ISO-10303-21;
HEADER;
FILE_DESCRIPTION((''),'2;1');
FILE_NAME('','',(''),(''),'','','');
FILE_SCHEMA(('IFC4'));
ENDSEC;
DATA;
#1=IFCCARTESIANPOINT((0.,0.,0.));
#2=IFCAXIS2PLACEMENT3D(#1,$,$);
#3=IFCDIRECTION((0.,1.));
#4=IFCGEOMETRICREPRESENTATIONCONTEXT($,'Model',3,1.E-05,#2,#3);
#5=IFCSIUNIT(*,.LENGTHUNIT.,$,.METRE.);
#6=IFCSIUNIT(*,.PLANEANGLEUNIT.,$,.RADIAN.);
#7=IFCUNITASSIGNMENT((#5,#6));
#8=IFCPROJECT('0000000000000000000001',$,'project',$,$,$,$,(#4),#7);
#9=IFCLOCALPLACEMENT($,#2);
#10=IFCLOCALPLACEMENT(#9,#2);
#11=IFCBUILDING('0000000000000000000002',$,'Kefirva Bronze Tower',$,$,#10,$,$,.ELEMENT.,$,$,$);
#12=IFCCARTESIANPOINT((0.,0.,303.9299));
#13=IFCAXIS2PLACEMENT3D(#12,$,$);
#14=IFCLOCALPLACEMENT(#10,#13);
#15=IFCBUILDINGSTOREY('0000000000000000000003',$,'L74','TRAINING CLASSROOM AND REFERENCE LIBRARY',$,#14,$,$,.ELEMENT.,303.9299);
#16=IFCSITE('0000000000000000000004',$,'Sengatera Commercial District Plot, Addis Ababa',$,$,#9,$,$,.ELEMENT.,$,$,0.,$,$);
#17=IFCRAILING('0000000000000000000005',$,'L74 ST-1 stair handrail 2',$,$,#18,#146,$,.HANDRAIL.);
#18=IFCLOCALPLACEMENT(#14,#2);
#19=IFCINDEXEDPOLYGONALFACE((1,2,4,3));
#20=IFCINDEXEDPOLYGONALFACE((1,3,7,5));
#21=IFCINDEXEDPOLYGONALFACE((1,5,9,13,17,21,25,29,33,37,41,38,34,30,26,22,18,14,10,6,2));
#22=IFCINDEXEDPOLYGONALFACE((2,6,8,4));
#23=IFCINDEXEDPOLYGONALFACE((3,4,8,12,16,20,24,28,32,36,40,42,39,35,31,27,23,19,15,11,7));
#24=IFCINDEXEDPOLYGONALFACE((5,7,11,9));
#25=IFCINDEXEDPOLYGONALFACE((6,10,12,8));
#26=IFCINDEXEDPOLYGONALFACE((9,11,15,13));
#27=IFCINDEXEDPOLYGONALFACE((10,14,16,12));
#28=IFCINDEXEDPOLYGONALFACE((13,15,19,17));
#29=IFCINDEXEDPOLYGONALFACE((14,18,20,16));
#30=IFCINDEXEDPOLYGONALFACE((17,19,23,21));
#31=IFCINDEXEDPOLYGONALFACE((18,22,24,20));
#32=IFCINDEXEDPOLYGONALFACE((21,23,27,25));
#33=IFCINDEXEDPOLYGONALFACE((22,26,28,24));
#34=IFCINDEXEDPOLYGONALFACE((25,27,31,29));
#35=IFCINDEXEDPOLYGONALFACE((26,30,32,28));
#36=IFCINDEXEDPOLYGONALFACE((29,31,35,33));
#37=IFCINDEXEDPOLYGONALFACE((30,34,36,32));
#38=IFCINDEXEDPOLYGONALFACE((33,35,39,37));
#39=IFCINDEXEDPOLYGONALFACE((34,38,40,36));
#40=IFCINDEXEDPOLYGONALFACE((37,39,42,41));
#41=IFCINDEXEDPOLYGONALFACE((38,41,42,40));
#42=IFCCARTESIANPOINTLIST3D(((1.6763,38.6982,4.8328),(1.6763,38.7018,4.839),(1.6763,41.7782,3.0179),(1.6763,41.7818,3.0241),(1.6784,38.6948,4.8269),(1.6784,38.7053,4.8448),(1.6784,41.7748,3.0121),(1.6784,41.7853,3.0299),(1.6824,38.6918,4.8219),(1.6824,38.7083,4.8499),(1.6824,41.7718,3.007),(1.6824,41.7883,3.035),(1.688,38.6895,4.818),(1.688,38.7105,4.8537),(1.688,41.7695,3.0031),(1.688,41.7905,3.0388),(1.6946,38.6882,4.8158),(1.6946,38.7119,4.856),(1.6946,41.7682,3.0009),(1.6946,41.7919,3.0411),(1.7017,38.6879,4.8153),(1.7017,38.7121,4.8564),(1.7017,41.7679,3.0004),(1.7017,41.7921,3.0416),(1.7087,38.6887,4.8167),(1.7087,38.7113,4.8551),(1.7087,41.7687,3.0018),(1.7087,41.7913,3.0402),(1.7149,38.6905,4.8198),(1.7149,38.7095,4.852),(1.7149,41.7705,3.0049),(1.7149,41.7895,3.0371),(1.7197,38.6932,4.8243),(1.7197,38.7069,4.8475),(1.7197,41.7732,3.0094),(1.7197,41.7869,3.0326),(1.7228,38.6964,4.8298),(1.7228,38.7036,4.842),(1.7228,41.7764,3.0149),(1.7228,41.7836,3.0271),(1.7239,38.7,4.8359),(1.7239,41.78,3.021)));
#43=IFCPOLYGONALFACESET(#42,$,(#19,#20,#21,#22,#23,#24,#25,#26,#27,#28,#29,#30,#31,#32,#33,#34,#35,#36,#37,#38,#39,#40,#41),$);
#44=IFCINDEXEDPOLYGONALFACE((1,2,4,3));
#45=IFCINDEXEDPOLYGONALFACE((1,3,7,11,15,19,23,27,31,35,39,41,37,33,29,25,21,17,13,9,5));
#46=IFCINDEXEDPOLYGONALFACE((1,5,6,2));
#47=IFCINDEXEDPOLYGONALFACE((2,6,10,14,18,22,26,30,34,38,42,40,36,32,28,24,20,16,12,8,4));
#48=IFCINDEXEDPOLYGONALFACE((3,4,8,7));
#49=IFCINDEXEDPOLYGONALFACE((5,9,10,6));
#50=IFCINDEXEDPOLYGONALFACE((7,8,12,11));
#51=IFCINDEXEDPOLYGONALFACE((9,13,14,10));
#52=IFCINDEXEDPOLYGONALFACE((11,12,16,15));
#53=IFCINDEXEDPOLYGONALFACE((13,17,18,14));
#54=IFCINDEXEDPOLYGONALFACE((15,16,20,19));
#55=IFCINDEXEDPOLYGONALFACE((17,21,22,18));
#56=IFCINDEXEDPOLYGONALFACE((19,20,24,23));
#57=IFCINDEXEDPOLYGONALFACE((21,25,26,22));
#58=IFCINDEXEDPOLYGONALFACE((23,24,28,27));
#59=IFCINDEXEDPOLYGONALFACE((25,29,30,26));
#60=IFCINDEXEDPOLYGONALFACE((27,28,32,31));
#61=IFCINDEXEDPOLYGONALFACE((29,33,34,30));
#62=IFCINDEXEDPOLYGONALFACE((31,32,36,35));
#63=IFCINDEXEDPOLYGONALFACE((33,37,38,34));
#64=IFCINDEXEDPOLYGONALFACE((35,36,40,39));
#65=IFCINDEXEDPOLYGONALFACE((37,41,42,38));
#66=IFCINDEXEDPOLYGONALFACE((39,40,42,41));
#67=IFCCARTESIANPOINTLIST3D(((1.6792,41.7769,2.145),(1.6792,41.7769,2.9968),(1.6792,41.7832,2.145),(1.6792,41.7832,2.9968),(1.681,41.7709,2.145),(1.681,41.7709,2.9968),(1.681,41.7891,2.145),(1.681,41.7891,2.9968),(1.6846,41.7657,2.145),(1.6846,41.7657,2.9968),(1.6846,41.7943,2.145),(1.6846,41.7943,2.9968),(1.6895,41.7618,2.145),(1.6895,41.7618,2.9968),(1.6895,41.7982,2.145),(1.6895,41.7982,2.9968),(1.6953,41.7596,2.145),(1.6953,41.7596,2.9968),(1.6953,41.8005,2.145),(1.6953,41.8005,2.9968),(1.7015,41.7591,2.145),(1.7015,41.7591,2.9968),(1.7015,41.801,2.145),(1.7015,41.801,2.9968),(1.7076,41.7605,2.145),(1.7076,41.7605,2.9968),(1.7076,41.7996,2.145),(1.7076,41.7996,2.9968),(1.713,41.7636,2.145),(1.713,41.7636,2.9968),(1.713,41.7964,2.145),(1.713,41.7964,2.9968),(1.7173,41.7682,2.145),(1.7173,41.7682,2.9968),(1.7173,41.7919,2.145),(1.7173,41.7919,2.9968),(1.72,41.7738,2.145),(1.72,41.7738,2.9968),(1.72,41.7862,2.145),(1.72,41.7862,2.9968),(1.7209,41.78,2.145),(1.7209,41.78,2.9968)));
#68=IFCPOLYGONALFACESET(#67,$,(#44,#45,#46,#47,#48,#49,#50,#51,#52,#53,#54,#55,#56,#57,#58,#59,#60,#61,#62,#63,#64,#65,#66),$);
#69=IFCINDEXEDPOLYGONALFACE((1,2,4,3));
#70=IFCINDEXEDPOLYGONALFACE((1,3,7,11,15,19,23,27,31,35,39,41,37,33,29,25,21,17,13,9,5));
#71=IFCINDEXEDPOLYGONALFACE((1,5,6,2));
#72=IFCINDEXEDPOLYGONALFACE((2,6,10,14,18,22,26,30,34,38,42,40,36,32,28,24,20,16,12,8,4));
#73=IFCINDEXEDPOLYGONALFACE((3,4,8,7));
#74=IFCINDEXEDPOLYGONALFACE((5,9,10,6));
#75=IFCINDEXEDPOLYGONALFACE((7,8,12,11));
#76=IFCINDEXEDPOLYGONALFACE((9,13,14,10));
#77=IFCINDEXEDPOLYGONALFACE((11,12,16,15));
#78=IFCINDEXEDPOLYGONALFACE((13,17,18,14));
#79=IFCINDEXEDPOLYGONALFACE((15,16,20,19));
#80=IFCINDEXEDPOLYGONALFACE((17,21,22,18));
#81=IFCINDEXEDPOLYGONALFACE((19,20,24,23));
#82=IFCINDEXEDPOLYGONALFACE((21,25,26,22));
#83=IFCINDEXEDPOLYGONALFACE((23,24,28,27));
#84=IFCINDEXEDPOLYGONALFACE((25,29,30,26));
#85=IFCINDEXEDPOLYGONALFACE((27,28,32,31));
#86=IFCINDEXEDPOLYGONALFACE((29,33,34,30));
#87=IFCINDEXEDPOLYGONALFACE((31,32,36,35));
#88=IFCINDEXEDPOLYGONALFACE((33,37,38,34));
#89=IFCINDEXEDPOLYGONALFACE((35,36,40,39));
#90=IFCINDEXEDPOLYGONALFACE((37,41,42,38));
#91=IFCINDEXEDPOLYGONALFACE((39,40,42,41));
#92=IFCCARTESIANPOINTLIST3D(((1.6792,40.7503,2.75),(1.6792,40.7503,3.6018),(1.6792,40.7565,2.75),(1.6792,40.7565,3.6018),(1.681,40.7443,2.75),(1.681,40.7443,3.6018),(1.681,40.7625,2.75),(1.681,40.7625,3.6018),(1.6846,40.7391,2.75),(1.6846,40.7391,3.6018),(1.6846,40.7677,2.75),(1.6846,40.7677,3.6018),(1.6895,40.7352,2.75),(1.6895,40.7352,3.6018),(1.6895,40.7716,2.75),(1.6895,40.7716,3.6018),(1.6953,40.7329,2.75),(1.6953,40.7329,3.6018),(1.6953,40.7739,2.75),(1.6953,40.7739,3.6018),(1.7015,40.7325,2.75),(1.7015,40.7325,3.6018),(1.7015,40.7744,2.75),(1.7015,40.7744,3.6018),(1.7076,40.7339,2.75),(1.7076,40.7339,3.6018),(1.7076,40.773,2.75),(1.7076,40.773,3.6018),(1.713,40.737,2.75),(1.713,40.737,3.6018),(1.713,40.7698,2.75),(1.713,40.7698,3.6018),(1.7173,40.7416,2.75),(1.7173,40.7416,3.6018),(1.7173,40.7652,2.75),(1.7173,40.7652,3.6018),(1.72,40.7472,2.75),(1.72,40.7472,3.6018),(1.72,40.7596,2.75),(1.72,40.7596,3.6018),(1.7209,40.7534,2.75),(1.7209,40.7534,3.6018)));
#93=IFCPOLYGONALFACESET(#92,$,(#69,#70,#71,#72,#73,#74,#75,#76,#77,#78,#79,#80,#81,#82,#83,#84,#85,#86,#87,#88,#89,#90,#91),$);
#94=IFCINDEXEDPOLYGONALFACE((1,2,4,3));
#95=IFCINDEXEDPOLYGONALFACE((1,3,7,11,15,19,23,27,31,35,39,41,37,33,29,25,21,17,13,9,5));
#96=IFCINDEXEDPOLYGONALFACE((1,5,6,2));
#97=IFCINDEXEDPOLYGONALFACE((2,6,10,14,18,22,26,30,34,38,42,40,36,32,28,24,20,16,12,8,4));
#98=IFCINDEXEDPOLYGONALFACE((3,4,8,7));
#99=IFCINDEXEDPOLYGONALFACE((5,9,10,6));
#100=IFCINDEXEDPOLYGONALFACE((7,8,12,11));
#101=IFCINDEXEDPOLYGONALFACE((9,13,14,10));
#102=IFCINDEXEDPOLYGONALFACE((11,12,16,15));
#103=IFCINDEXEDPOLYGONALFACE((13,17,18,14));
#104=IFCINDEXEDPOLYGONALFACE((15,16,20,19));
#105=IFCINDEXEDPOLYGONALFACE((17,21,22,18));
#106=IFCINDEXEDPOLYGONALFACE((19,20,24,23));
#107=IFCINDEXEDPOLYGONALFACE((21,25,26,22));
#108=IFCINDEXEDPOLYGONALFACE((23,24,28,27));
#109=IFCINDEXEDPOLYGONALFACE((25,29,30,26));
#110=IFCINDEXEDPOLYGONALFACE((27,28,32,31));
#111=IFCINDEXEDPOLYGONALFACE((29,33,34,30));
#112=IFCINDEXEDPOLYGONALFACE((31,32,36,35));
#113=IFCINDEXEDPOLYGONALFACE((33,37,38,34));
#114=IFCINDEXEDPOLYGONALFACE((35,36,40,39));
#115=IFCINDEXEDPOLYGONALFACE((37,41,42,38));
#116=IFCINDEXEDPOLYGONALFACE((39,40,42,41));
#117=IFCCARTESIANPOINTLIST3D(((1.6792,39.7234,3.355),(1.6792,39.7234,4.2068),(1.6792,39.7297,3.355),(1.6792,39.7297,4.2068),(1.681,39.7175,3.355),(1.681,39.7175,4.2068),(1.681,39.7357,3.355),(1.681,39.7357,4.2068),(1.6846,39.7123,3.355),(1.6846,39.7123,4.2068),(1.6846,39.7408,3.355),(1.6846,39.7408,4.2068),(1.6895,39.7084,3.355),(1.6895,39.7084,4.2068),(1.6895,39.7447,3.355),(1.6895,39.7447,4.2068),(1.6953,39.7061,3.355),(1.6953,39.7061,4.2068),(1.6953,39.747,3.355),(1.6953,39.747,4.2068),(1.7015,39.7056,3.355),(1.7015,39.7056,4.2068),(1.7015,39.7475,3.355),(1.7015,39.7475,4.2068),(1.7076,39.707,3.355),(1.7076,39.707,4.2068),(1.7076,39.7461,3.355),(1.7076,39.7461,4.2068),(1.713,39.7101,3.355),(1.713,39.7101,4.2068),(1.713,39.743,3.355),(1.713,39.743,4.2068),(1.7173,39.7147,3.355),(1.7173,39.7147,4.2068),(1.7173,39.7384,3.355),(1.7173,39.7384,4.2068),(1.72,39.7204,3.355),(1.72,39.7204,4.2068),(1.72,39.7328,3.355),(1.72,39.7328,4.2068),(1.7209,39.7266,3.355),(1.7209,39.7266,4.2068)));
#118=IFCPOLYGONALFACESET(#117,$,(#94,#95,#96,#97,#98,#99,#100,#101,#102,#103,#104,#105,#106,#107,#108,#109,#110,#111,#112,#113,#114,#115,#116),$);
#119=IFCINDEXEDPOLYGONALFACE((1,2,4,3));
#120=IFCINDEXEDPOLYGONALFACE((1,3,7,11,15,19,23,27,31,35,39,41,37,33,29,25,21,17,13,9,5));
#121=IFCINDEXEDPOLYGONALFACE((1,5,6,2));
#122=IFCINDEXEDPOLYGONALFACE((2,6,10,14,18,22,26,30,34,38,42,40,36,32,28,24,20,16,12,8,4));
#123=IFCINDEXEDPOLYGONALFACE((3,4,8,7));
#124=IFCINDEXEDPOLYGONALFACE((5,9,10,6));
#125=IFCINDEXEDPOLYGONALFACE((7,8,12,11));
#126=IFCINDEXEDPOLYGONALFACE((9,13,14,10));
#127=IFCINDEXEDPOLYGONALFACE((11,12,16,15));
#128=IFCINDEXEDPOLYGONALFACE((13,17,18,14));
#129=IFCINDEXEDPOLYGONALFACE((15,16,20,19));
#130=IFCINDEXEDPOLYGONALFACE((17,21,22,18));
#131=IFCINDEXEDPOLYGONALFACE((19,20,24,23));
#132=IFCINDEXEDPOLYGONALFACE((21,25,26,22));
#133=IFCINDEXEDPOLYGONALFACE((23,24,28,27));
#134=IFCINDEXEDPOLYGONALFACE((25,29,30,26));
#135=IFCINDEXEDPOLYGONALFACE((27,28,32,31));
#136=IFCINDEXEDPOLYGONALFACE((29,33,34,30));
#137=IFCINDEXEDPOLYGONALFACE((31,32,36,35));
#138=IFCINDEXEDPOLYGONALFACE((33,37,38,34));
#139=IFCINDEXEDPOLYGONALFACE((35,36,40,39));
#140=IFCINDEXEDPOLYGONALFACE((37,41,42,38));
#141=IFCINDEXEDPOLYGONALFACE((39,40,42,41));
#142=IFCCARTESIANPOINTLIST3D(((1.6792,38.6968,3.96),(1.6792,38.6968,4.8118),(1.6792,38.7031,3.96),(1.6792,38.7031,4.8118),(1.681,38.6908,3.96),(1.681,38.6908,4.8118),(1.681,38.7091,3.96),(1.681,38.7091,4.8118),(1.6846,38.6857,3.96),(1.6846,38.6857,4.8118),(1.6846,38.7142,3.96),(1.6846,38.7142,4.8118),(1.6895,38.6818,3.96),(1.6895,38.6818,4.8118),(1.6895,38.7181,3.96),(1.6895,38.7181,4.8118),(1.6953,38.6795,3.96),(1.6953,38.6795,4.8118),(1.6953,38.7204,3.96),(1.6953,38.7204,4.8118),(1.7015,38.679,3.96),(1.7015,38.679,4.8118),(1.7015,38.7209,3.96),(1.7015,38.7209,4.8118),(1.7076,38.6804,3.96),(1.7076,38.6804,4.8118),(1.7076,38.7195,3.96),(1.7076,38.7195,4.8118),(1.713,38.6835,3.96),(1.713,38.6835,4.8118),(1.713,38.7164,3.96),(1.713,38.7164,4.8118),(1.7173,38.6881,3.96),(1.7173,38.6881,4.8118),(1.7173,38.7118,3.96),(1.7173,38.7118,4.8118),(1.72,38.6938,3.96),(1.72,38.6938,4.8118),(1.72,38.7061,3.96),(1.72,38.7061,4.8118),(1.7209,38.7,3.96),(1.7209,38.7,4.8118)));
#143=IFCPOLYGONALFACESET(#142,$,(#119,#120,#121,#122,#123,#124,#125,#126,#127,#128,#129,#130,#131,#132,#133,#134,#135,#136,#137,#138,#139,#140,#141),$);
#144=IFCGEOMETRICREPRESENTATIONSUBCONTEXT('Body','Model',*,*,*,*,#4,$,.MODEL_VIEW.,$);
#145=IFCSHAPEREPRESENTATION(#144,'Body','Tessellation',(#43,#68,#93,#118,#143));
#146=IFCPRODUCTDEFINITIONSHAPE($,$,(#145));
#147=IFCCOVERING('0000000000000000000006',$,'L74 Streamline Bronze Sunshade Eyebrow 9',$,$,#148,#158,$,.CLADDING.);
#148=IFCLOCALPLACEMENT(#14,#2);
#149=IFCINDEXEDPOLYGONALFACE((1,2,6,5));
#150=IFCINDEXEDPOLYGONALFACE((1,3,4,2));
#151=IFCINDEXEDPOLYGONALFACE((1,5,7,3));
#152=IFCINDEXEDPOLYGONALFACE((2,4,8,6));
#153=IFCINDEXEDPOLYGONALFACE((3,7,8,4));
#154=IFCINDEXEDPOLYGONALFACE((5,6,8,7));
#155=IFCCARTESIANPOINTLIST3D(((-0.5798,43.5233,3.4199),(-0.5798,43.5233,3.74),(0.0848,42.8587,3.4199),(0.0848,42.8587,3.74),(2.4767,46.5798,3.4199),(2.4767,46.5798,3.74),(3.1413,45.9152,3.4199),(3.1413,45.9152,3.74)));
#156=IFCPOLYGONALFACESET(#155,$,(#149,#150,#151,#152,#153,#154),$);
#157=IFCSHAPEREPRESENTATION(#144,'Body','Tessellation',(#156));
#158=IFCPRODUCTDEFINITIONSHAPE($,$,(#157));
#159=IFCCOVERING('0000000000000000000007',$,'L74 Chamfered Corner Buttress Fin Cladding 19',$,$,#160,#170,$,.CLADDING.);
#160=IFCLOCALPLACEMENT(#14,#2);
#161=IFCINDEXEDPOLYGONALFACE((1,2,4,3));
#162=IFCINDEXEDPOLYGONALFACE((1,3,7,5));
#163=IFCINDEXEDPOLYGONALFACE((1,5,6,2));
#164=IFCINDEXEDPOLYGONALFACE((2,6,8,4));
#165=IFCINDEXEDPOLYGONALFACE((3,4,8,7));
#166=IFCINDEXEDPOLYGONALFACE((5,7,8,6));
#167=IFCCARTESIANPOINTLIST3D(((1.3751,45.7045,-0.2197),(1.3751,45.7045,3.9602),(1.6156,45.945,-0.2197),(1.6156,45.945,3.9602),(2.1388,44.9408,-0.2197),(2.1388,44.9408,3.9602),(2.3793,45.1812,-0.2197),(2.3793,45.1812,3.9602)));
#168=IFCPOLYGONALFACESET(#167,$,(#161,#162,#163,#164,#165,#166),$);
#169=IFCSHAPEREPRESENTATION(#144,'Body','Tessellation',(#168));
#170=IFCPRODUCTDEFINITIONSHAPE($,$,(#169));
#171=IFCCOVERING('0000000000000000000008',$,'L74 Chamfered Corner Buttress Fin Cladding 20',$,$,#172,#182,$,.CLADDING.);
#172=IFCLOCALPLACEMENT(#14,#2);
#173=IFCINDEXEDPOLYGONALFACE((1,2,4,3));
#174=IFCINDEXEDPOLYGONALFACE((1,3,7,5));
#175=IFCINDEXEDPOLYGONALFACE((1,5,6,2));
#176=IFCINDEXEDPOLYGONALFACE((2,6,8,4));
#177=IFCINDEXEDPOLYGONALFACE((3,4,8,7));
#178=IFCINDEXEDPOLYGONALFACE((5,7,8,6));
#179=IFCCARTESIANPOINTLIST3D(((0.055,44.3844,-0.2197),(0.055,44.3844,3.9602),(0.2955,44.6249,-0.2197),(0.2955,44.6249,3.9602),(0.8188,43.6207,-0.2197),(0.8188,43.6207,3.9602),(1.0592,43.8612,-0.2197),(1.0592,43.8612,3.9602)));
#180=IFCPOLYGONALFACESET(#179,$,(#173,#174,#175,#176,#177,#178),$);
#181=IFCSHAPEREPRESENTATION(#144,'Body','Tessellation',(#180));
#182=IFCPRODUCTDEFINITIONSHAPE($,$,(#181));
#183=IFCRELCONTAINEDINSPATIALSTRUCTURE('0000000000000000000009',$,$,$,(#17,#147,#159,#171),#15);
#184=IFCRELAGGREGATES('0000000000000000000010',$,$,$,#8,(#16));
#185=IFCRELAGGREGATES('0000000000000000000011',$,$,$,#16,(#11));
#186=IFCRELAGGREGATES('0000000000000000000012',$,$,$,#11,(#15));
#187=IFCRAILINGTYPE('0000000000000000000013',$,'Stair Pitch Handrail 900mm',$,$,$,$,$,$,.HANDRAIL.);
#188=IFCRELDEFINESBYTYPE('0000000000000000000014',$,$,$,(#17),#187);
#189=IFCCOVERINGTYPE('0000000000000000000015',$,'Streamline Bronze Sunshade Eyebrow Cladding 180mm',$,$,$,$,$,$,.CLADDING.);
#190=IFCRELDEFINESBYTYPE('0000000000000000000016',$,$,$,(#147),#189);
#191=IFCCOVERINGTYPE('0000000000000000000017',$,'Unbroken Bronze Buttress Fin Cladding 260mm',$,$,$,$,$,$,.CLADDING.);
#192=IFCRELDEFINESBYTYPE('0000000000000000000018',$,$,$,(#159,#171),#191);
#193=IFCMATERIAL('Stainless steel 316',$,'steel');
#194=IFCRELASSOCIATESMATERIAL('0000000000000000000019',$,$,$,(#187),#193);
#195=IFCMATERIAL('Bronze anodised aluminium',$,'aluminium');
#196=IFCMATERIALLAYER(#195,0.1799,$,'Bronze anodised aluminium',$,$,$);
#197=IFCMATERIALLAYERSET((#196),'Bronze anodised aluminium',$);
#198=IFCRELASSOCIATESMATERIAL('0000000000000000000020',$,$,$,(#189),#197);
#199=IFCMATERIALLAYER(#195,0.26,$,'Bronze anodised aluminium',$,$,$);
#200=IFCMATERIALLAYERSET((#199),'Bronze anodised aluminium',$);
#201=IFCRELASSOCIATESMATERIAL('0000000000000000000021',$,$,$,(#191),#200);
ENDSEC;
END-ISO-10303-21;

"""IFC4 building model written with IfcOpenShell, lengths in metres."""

from ifc_helpers import new_model, si_unit, direction, frame, origin, origin_2d, place, context, subcontext, project, spatial, rectangle, circle, extrude, material, layer, layer_set, type_object, element, save


model = new_model("IFC4")

# Units and contexts
model_context = context("Model", 3, precision=1e-05, world=origin(), true_north=direction((0.0, 1.0)))
body_context = subcontext(model_context, "Body", "Model", "MODEL_VIEW")
ifc_project = project(units=[si_unit("LENGTHUNIT", "METRE"), si_unit("PLANEANGLEUNIT", "RADIAN")], contexts=[model_context])

# Site, building, storey
site_placement = place(None, origin())
site = spatial("IfcSite", under=ifc_project, at=site_placement, Name="Sengatera Commercial District Plot, Addis Ababa", CompositionType="ELEMENT", RefElevation=0.0)
building_placement = place(site_placement, origin())
building = spatial("IfcBuilding", under=site, at=building_placement, Name="Kefirva Bronze Tower", CompositionType="ELEMENT")
storey_placement = place(building_placement, frame((0.0, 0.0, 303.9299)))
storey = spatial("IfcBuildingStorey", under=building, at=storey_placement, Name="L74", Description="TRAINING CLASSROOM AND REFERENCE LIBRARY", CompositionType="ELEMENT", Elevation=303.9299)

# Shared definitions
ifc_material_1 = material(Name="Bronze anodised aluminium", Category="aluminium")

# Railing
ifc_material_2 = material(Name="Stainless steel 316", Category="steel")
railing_type_1 = type_object("IfcRailingType", Name="Stair Pitch Handrail 900mm", PredefinedType="HANDRAIL", material=ifc_material_2)
railing_1_placement = place(storey_placement, frame((1.7, 41.78, 2.145)))
element("IfcRailing", 1, at=railing_1_placement, inside=storey, type_object=railing_type_1, Name="L74 ST-1 stair handrail 2", PredefinedType="HANDRAIL", context=body_context, shape_type="SweptSolid", body=[
    extrude(circle(Radius=0.0239, at=origin_2d()), frame((0.0, 0.0, 0.876), z_axis=(0.0, -0.861551, 0.507671), x_axis=(1.0, 0.0, 0.0)), (0.0, 0.0, 1.0), 3.575),
    extrude(circle(Radius=0.021, at=origin_2d()), origin(), (0.0, 0.0, 1.0), 0.8518),
    extrude(circle(Radius=0.021, at=origin_2d()), frame((0.0, -1.0266, 0.605)), (0.0, 0.0, 1.0), 0.8518),
    extrude(circle(Radius=0.021, at=origin_2d()), frame((0.0, -2.0535, 1.21)), (0.0, 0.0, 1.0), 0.8518),
    extrude(circle(Radius=0.021, at=origin_2d()), frame((0.0, -3.0801, 1.8149)), (0.0, 0.0, 1.0), 0.8518),
])

# Coverings
ifc_layer_1 = layer(ifc_material_1, 0.1799, Name="Bronze anodised aluminium")
ifc_layer_set_1 = layer_set([ifc_layer_1], Name="Bronze anodised aluminium")
covering_type_1 = type_object("IfcCoveringType", Name="Streamline Bronze Sunshade Eyebrow Cladding 180mm", PredefinedType="CLADDING", material=ifc_layer_set_1)
covering_1_placement = place(storey_placement, frame((1.2808, 44.7192, 3.4199), z_axis=(0.0, 0.0, 1.0), x_axis=(-0.707107, -0.707107, 0.0)))
element("IfcCovering", 2, at=covering_1_placement, inside=storey, type_object=covering_type_1, Name="L74 Streamline Bronze Sunshade Eyebrow 9", PredefinedType="CLADDING", context=body_context, shape_type="SweptSolid", body=[
    extrude(rectangle(XDim=4.3225, YDim=0.9399, at=origin_2d()), origin(), (0.0, 0.0, 1.0), 0.3201),
])
ifc_layer_2 = layer(ifc_material_1, 0.26, Name="Bronze anodised aluminium")
ifc_layer_set_2 = layer_set([ifc_layer_2], Name="Bronze anodised aluminium")
covering_type_2 = type_object("IfcCoveringType", Name="Unbroken Bronze Buttress Fin Cladding 260mm", PredefinedType="CLADDING", material=ifc_layer_set_2)
for number, where, z_axis, x_axis, name in (
    (3, (1.8772, 45.4429, -0.2197), (0.0, 0.0, 1.0), (-0.707107, -0.707107, 0.0), "L74 Chamfered Corner Buttress Fin Cladding 19"),
    (4, (0.5571, 44.1228, -0.2197), (0.0, 0.0, 1.0), (-0.707107, -0.707107, 0.0), "L74 Chamfered Corner Buttress Fin Cladding 20"),
):
    element("IfcCovering", number, at=place(storey_placement, frame(where, z_axis=z_axis, x_axis=x_axis)), inside=storey, type_object=covering_type_2, Name=name, PredefinedType="CLADDING", context=body_context, shape_type="SweptSolid", body=[
        extrude(rectangle(XDim=0.3401, YDim=1.0801, at=origin_2d()), origin(), (0.0, 0.0, 1.0), 4.1799),
    ])

save(model, "model.ifc")
